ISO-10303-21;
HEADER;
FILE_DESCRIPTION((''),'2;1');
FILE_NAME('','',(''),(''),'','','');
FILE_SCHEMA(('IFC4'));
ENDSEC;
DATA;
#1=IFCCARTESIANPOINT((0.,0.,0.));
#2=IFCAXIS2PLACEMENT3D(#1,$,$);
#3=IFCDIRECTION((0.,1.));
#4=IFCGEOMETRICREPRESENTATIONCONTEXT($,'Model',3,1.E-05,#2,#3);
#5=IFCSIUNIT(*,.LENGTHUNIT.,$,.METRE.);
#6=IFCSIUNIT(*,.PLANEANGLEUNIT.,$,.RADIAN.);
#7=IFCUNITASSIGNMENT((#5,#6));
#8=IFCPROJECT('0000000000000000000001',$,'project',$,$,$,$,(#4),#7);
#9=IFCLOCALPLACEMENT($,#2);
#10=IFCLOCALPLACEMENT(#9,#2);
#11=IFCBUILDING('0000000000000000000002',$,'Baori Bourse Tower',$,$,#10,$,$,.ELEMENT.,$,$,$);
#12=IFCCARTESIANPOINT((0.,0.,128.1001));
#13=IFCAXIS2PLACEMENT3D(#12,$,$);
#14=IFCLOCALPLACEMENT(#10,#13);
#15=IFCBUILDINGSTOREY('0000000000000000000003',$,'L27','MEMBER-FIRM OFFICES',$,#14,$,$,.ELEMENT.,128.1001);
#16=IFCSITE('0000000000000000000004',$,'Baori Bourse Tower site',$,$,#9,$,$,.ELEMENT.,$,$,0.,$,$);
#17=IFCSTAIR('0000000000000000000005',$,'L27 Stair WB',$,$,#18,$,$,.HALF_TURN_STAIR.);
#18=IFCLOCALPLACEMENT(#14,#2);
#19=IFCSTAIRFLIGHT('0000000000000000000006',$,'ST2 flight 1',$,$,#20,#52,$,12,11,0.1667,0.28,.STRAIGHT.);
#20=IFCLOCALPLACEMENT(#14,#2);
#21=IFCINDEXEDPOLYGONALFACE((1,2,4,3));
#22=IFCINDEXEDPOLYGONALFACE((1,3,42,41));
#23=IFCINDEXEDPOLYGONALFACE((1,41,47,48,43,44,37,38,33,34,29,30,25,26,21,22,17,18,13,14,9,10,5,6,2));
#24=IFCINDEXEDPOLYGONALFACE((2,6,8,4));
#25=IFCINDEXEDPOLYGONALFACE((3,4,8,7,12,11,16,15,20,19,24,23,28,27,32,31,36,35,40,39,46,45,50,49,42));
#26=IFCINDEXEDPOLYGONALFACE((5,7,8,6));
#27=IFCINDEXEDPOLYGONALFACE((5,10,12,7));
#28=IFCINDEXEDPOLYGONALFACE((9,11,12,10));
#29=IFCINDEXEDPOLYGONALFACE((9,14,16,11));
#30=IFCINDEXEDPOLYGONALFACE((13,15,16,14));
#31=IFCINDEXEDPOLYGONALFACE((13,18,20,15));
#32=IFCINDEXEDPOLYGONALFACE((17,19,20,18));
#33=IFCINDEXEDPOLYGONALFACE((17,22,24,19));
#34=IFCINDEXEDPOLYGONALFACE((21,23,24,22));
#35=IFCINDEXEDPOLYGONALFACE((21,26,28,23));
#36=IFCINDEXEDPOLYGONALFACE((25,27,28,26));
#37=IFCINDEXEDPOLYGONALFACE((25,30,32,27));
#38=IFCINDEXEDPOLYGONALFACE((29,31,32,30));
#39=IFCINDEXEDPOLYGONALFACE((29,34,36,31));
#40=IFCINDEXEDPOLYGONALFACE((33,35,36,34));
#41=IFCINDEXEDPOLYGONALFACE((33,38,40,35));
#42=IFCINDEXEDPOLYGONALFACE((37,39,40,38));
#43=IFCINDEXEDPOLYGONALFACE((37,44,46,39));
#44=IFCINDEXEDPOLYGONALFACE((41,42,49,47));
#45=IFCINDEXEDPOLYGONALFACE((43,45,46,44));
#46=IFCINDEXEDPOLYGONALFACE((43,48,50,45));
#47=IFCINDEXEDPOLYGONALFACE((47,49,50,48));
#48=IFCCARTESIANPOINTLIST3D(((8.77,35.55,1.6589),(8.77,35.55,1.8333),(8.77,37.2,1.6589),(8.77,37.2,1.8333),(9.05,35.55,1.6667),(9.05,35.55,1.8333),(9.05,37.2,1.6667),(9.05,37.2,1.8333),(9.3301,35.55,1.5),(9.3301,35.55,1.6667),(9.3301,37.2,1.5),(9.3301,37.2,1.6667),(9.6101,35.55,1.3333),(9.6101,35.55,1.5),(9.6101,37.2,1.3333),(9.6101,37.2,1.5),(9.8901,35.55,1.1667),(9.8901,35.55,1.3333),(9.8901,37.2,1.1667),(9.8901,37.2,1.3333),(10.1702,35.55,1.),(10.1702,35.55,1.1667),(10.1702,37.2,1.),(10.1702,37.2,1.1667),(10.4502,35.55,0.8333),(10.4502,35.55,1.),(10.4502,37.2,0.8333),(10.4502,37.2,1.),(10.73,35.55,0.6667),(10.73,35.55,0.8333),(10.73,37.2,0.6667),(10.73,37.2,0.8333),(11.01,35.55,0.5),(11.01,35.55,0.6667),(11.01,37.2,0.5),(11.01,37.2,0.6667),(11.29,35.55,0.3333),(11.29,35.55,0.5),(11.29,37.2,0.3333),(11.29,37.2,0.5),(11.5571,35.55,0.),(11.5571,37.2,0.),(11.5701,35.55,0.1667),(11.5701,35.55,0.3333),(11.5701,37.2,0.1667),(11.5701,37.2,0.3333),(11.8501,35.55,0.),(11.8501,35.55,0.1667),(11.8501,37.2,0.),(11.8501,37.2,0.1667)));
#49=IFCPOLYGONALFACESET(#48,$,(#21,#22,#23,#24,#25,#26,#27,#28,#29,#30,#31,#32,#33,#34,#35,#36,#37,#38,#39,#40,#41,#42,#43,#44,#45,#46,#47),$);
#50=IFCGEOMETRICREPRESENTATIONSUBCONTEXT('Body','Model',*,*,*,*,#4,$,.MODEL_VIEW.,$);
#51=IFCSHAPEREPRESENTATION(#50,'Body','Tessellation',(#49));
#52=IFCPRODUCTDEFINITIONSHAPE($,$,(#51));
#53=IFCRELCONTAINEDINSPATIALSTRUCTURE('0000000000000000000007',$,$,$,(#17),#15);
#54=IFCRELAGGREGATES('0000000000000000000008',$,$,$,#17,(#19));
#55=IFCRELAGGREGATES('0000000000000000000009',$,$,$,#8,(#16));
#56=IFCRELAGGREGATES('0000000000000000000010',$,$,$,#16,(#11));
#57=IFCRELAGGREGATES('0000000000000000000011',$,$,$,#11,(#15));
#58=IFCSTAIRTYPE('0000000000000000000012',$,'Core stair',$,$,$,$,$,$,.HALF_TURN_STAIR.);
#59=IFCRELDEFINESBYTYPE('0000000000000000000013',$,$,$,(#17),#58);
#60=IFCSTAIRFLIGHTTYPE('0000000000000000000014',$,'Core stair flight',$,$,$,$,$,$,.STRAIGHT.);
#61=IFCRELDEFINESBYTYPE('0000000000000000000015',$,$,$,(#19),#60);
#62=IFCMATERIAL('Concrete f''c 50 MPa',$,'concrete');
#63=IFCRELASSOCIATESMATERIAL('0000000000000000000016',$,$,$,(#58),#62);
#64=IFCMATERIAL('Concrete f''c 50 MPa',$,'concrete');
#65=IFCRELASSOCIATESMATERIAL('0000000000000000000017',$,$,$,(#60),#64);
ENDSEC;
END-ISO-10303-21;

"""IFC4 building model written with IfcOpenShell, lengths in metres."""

from ifc_helpers import new_model, si_unit, direction, frame, origin, place, context, subcontext, project, spatial, polyline, outline, extrude, material, type_object, element, aggregate, save


model = new_model("IFC4")

# Units and contexts
model_context = context("Model", 3, precision=1e-05, world=origin(), true_north=direction((0.0, 1.0)))
body_context = subcontext(model_context, "Body", "Model", "MODEL_VIEW")
ifc_project = project(units=[si_unit("LENGTHUNIT", "METRE"), si_unit("PLANEANGLEUNIT", "RADIAN")], contexts=[model_context])

# Site, building, storey
site_placement = place(None, origin())
site = spatial("IfcSite", under=ifc_project, at=site_placement, Name="Baori Bourse Tower site", CompositionType="ELEMENT", RefElevation=0.0)
building_placement = place(site_placement, origin())
building = spatial("IfcBuilding", under=site, at=building_placement, Name="Baori Bourse Tower", CompositionType="ELEMENT")
storey_placement = place(building_placement, frame((0.0, 0.0, 128.1001)))
storey = spatial("IfcBuildingStorey", under=building, at=storey_placement, Name="L27", Description="MEMBER-FIRM OFFICES", CompositionType="ELEMENT", Elevation=128.1001)

# Stair, stair flight
ifc_material_1 = material(Name="Concrete f'c 50 MPa", Category="concrete")
stair_type = type_object("IfcStairType", Name="Core stair", PredefinedType="HALF_TURN_STAIR", material=ifc_material_1)
stair_placement = place(storey_placement, origin())
stair = element("IfcStair", 1, at=stair_placement, inside=storey, type_object=stair_type, Name="L27 Stair WB", PredefinedType="HALF_TURN_STAIR")
ifc_material_2 = material(Name="Concrete f'c 50 MPa", Category="concrete")
stair_flight_type = type_object("IfcStairFlightType", Name="Core stair flight", PredefinedType="STRAIGHT", material=ifc_material_2)
stair_flight_placement = place(storey_placement, frame((11.8501, 36.375, 0.0), z_axis=(0.0, 0.0, 1.0), x_axis=(-1.0, 0.0, 0.0)))
stair_flight = element("IfcStairFlight", 2, at=stair_flight_placement, type_object=stair_flight_type, Name="ST2 flight 1", NumberOfRisers=12, NumberOfTreads=11, PredefinedType="STRAIGHT", RiserHeight=0.1667, TreadLength=0.28, context=body_context, shape_type="SweptSolid", body=[
    extrude(outline(polyline([(0.0, 0.0), (0.0, 0.1667), (0.28, 0.1667), (0.28, 0.3333), (0.5601, 0.3333), (0.5601, 0.5), (0.8401, 0.5), (0.8401, 0.6667), (1.1201, 0.6667), (1.1201, 0.8333), (1.3999, 0.8333), (1.3999, 1.0), (1.6799, 1.0), (1.6799, 1.1667), (1.96, 1.1667), (1.96, 1.3333), (2.24, 1.3333), (2.24, 1.5), (2.52, 1.5), (2.52, 1.6667), (2.8, 1.6667), (2.8, 1.8333), (3.0801, 1.8333), (3.0801, 2.0), (3.0801, 1.6589), (0.293, 0.0), (0.0, 0.0)])), frame((0.0, 0.825, 0.0), z_axis=(0.0, -1.0, 0.0), x_axis=(1.0, 0.0, 0.0)), (0.0, 0.0, 1.0), 1.6499),
])
aggregate(stair, [stair_flight])

save(model, "model.ifc")
